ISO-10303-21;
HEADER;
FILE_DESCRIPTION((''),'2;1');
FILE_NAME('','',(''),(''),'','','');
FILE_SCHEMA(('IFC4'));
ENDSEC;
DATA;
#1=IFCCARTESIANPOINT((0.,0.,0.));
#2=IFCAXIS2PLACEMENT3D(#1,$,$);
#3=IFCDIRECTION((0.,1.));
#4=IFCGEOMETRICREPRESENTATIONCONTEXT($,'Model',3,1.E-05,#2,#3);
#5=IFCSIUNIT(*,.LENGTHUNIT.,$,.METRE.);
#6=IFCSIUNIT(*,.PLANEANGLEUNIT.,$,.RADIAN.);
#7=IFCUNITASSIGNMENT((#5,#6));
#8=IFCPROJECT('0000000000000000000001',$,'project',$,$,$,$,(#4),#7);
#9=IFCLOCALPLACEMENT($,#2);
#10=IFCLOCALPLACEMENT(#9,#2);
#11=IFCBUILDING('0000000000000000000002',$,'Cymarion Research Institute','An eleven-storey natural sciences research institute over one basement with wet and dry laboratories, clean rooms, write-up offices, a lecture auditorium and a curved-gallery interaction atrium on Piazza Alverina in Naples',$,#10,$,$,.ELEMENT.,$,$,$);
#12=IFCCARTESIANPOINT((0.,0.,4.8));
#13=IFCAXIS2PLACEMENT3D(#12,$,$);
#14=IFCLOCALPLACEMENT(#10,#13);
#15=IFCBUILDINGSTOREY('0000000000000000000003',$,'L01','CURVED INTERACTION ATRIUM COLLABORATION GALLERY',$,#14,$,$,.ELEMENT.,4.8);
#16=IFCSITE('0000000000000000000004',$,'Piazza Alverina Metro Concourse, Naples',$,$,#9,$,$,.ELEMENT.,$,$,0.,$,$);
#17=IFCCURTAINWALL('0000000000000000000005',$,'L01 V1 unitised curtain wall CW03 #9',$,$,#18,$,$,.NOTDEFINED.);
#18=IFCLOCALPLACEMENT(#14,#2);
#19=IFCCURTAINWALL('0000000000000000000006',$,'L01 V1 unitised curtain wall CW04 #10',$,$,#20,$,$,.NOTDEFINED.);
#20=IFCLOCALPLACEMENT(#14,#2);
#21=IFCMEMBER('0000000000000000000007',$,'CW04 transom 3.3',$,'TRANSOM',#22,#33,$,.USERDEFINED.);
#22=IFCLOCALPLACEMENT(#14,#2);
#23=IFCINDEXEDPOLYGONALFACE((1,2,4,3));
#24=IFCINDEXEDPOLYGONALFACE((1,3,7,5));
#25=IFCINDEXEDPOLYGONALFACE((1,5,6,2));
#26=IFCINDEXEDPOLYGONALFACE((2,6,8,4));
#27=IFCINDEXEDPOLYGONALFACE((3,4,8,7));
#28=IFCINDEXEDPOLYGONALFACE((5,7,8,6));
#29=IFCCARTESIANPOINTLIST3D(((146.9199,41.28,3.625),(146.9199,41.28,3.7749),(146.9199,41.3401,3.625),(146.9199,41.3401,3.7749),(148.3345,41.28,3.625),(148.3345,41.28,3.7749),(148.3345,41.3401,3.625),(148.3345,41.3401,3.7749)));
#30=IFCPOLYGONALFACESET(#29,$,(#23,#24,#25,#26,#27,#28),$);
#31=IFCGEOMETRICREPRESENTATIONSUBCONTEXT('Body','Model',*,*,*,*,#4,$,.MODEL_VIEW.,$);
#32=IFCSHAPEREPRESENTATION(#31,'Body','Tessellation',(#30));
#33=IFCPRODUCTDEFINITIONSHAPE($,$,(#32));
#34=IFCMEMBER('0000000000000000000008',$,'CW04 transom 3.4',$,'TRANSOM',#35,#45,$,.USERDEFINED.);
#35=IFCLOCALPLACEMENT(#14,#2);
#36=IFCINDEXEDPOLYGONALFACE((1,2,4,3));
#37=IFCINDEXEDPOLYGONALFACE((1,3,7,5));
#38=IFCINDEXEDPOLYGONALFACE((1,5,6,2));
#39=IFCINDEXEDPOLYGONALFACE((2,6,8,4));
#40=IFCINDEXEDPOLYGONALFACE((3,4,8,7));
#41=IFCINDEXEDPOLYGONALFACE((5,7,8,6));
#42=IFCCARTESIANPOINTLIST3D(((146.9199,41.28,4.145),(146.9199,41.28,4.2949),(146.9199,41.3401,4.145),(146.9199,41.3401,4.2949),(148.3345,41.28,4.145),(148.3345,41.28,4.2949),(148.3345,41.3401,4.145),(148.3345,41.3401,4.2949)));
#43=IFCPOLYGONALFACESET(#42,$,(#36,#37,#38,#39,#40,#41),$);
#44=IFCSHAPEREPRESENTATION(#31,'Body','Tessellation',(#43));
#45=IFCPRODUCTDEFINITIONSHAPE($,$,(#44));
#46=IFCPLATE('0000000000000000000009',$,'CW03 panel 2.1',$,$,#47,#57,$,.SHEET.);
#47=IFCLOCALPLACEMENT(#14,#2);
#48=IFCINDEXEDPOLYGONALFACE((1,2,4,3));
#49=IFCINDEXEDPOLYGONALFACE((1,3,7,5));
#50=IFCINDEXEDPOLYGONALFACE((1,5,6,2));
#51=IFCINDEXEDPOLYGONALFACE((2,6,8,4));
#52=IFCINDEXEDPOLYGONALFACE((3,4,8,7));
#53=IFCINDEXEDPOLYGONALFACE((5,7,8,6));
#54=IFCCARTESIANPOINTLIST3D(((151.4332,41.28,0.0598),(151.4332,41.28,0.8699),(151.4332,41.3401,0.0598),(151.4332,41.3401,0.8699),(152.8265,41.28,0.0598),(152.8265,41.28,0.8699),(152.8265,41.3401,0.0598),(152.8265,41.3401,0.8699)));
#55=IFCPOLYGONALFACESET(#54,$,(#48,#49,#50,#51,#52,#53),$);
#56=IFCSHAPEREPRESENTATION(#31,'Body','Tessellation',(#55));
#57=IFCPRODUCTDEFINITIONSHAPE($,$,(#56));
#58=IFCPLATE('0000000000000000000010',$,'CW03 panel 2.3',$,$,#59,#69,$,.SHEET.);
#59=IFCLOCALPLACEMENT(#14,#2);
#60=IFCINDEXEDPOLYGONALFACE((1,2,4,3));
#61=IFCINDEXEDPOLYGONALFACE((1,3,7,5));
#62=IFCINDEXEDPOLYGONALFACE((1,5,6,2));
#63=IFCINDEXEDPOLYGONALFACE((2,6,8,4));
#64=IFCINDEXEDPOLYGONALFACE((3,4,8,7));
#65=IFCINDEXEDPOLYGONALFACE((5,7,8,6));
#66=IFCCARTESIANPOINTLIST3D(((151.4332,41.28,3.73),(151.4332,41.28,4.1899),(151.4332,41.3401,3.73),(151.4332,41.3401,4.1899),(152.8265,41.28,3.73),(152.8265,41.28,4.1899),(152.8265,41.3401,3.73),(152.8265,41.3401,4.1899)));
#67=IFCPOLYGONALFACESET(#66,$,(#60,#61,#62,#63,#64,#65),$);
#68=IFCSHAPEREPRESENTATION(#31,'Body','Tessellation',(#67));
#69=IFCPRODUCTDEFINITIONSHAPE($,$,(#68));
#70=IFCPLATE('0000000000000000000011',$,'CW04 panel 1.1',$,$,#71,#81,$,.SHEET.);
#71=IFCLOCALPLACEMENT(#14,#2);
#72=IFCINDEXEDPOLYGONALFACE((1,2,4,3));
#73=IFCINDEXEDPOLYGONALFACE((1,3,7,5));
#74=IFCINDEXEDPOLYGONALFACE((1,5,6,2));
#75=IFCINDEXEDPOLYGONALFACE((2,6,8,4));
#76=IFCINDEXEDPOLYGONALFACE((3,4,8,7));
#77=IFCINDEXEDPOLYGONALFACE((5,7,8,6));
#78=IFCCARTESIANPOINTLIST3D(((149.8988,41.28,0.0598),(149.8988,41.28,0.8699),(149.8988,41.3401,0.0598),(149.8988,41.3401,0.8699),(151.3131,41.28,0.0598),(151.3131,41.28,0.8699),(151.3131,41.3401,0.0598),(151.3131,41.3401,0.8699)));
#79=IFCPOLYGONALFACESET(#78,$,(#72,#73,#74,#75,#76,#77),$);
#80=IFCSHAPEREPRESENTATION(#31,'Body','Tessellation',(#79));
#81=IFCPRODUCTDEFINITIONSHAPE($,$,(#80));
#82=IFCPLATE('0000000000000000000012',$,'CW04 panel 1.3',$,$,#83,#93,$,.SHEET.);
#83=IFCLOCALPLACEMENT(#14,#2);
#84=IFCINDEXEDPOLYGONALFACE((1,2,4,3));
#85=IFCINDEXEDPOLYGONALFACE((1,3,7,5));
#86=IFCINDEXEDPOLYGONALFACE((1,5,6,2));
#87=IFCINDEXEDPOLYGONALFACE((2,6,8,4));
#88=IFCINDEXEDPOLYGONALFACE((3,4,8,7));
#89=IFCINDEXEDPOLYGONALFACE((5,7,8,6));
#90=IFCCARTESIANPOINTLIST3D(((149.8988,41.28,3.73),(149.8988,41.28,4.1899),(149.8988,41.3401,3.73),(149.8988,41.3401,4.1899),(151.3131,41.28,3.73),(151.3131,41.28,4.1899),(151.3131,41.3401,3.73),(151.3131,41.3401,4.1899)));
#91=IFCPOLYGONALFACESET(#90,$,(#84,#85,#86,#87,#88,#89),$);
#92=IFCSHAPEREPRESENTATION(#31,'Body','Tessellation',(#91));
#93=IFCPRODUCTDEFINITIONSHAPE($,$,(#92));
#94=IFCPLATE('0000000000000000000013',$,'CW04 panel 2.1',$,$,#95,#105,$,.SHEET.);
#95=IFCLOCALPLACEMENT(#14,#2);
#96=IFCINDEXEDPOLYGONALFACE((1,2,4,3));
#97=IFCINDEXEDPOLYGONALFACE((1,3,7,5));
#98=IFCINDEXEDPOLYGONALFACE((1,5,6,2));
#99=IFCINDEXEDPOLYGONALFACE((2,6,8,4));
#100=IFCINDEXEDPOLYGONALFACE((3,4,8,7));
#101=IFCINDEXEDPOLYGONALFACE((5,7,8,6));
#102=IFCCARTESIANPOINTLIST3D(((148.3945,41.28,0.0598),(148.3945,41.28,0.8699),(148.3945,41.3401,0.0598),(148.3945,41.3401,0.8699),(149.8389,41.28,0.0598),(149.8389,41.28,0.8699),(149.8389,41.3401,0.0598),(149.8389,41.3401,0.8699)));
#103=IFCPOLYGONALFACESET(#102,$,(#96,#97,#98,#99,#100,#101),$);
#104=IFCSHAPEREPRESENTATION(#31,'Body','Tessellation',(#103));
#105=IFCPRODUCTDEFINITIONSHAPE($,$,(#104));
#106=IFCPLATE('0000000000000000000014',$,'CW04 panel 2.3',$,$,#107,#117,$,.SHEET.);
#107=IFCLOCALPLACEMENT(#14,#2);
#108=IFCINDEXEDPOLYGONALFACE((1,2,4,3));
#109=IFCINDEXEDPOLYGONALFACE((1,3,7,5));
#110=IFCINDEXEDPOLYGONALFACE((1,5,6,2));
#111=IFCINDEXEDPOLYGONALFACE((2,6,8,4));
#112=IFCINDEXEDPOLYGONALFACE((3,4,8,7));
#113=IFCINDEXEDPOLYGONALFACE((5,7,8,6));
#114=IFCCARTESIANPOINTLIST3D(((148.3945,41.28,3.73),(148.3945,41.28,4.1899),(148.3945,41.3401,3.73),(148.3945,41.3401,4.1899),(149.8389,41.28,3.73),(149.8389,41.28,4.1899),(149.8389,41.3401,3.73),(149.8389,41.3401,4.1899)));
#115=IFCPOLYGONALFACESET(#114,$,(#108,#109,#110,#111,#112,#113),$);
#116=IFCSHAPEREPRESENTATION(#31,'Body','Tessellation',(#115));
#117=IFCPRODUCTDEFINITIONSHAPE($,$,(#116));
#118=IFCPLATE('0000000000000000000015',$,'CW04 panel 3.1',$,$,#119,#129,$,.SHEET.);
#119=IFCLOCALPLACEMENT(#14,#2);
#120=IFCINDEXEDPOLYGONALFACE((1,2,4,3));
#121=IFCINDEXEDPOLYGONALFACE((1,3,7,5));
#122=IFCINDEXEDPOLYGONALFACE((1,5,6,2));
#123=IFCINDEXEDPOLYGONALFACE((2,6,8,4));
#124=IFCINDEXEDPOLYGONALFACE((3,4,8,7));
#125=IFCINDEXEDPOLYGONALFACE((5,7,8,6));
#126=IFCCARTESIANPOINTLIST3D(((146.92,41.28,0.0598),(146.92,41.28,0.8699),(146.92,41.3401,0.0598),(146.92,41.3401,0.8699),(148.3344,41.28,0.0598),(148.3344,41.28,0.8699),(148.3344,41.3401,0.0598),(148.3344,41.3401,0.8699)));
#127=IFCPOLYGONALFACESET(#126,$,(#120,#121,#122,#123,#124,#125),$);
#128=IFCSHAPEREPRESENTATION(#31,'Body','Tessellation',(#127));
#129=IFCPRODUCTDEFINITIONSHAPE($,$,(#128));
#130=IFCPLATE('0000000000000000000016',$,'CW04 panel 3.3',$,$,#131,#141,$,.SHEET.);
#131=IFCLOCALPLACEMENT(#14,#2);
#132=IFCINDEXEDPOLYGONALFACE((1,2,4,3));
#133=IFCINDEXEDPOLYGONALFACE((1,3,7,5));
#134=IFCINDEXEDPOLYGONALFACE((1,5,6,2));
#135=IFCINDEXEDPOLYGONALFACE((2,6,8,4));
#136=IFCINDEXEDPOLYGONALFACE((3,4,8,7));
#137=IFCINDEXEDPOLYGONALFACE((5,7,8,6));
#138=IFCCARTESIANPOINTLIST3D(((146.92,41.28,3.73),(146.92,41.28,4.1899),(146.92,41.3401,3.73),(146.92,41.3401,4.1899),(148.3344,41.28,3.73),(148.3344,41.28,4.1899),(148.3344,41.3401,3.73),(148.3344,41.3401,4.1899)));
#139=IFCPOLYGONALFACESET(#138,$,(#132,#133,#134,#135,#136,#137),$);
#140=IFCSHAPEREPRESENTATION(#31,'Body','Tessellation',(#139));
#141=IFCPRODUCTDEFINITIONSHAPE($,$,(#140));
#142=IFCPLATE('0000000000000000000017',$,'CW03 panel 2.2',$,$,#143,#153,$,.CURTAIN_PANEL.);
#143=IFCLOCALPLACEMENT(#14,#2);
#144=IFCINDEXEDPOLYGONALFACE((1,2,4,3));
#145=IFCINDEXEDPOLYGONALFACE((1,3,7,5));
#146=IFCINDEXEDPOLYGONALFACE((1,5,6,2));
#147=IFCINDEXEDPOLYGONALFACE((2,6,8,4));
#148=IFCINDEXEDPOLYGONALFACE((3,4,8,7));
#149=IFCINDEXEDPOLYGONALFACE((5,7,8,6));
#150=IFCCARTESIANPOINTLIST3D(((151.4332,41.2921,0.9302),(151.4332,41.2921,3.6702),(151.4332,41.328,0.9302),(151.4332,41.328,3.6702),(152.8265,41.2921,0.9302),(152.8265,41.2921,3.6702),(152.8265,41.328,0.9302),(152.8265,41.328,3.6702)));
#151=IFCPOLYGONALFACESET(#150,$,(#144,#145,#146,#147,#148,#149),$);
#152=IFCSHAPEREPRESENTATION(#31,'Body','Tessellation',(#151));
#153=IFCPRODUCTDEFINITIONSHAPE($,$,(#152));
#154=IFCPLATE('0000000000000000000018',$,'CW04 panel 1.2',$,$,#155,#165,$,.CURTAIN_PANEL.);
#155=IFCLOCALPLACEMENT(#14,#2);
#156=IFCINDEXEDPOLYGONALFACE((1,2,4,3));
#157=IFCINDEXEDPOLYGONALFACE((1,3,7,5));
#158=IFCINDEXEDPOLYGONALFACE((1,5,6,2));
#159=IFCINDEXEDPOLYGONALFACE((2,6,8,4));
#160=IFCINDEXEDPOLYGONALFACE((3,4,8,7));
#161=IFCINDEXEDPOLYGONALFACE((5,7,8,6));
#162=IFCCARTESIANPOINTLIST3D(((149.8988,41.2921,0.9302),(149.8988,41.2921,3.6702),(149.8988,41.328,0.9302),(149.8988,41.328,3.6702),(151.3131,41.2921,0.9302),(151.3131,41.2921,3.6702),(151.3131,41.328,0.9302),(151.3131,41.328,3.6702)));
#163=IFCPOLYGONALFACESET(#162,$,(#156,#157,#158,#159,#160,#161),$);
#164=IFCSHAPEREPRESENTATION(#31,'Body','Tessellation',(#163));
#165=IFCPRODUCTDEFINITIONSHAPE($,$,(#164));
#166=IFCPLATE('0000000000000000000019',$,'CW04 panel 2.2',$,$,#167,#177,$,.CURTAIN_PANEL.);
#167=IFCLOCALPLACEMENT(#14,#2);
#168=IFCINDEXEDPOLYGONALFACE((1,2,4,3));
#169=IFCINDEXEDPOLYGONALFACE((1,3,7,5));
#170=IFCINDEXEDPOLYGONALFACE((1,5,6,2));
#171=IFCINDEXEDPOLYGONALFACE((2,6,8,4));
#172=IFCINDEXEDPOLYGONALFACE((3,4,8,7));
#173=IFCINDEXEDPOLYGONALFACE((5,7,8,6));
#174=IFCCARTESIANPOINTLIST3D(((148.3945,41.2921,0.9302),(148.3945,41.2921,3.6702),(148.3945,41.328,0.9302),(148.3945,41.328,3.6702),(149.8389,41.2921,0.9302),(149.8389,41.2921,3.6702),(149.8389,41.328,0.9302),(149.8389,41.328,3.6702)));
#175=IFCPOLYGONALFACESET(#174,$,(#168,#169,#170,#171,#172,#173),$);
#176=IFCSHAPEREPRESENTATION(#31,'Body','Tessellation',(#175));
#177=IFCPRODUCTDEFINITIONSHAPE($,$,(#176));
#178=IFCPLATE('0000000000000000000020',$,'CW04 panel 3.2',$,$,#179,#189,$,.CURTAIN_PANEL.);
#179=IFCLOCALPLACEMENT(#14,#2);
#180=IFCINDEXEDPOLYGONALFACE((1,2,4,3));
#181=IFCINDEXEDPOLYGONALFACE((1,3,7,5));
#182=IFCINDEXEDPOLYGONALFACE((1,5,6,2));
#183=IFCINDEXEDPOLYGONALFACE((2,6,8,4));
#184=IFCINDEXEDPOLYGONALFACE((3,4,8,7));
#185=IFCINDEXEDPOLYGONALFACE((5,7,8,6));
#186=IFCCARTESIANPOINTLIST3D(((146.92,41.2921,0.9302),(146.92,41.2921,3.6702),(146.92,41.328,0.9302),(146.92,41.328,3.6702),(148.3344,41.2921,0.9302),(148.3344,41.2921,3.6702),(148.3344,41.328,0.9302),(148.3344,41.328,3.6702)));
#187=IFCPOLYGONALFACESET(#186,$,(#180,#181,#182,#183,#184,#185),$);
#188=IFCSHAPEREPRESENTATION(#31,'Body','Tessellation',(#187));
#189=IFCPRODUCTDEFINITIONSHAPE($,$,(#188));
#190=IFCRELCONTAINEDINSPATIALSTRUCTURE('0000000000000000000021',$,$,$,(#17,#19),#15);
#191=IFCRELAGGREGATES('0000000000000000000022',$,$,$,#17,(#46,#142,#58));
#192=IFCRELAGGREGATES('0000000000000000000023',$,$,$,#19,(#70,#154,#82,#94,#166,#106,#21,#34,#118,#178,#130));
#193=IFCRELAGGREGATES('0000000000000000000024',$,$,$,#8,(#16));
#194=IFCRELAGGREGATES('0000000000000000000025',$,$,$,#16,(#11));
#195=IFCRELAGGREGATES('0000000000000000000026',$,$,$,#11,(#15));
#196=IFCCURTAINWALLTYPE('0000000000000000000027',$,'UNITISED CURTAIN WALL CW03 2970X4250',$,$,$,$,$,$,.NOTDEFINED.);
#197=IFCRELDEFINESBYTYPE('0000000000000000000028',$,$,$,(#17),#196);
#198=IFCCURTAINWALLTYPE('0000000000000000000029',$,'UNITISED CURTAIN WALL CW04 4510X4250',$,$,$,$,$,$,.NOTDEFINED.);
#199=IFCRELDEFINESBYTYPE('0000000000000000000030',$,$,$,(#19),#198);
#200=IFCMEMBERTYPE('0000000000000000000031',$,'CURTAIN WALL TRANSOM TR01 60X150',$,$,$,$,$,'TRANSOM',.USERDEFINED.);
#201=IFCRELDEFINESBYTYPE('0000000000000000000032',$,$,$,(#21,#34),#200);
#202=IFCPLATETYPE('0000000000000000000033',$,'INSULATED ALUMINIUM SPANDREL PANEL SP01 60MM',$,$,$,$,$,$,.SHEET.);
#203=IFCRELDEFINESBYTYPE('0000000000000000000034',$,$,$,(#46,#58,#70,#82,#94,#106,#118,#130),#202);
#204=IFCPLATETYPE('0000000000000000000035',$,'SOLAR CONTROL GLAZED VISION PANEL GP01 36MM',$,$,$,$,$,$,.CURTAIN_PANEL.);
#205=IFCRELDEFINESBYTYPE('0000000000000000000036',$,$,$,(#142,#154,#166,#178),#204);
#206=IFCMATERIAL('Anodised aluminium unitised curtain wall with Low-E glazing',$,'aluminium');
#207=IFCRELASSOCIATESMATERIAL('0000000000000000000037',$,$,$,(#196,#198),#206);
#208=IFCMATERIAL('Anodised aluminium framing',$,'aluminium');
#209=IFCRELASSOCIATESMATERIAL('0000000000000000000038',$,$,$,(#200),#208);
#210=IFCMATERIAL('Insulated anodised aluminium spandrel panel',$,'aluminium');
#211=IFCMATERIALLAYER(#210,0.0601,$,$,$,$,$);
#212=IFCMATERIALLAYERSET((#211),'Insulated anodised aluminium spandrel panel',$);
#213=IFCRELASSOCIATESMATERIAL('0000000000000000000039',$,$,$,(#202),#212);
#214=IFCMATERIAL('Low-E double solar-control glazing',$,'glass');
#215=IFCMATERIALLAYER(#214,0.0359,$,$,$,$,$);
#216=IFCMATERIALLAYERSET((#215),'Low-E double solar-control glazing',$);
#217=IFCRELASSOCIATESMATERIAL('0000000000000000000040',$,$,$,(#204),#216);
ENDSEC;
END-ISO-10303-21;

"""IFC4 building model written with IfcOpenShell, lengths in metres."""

from ifc_helpers import new_model, si_unit, direction, frame, origin, origin_2d, place, context, subcontext, project, spatial, rectangle, extrude, material, layer, layer_set, material_profile, profile_set, type_object, element, aggregate, save


model = new_model("IFC4")

# Units and contexts
model_context = context("Model", 3, precision=1e-05, world=origin(), true_north=direction((0.0, 1.0)))
body_context = subcontext(model_context, "Body", "Model", "MODEL_VIEW")
ifc_project = project(units=[si_unit("LENGTHUNIT", "METRE"), si_unit("PLANEANGLEUNIT", "RADIAN")], contexts=[model_context])

# Site, building, storey
site_placement = place(None, origin())
site = spatial("IfcSite", under=ifc_project, at=site_placement, Name="Piazza Alverina Metro Concourse, Naples", CompositionType="ELEMENT", RefElevation=0.0)
building_placement = place(site_placement, origin())
building = spatial("IfcBuilding", under=site, at=building_placement, Name="Cymarion Research Institute", Description="An eleven-storey natural sciences research institute over one basement with wet and dry laboratories, clean rooms, write-up offices, a lecture auditorium and a curved-gallery interaction atrium on Piazza Alverina in Naples", CompositionType="ELEMENT")
storey_placement = place(building_placement, frame((0.0, 0.0, 4.8)))
storey = spatial("IfcBuildingStorey", under=building, at=storey_placement, Name="L01", Description="CURVED INTERACTION ATRIUM COLLABORATION GALLERY", CompositionType="ELEMENT", Elevation=4.8)

# Curtain wall
ifc_material_1 = material(Name="Anodised aluminium unitised curtain wall with Low-E glazing", Category="aluminium")
curtain_wall_type_1 = type_object("IfcCurtainWallType", Name="UNITISED CURTAIN WALL CW03 2970X4250", PredefinedType="NOTDEFINED", material=ifc_material_1)
curtain_wall_1_placement = place(storey_placement, origin())
curtain_wall_1 = element("IfcCurtainWall", 1, at=curtain_wall_1_placement, inside=storey, type_object=curtain_wall_type_1, Name="L01 V1 unitised curtain wall CW03 #9", PredefinedType="NOTDEFINED")
ifc_material_2 = material(Name="Anodised aluminium framing", Category="aluminium")

# Curtain wall, members
curtain_wall_type_2 = type_object("IfcCurtainWallType", Name="UNITISED CURTAIN WALL CW04 4510X4250", PredefinedType="NOTDEFINED", material=ifc_material_1)
curtain_wall_2_placement = place(storey_placement, origin())
curtain_wall_2 = element("IfcCurtainWall", 2, at=curtain_wall_2_placement, inside=storey, type_object=curtain_wall_type_2, Name="L01 V1 unitised curtain wall CW04 #10", PredefinedType="NOTDEFINED")
ifc_material_profile_1 = material_profile(ifc_material_2, rectangle(XDim=0.0601, YDim=0.1499, at=origin_2d()), Name="ALU TRANSOM 60x150")
ifc_profile_set_1 = profile_set([ifc_material_profile_1], Name="Anodised aluminium framing")
member_type_1 = type_object("IfcMemberType", Name="CURTAIN WALL TRANSOM TR01 60X150", ElementType="TRANSOM", PredefinedType="USERDEFINED", material=ifc_profile_set_1)
member_1_placement = place(storey_placement, frame((148.3345, 41.3101, 3.7), z_axis=(-1.0, 0.0, 0.0), x_axis=(0.0, -1.0, 0.0)))
member_1 = element("IfcMember", 3, at=member_1_placement, type_object=member_type_1, Name="CW04 transom 3.3", ObjectType="TRANSOM", PredefinedType="USERDEFINED", context=body_context, shape_type="SweptSolid", body=[
    extrude(rectangle(XDim=0.0601, YDim=0.1499, at=origin_2d()), origin(), (0.0, 0.0, 1.0), 1.4146),
])
member_2_placement = place(storey_placement, frame((148.3345, 41.3101, 4.22), z_axis=(-1.0, 0.0, 0.0), x_axis=(0.0, -1.0, 0.0)))
member_2 = element("IfcMember", 4, at=member_2_placement, type_object=member_type_1, Name="CW04 transom 3.4", ObjectType="TRANSOM", PredefinedType="USERDEFINED", context=body_context, shape_type="SweptSolid", body=[
    extrude(rectangle(XDim=0.0601, YDim=0.1499, at=origin_2d()), origin(), (0.0, 0.0, 1.0), 1.4146),
])

# Plates
ifc_material_3 = material(Name="Insulated anodised aluminium spandrel panel", Category="aluminium")
ifc_layer_1 = layer(ifc_material_3, 0.0601)
ifc_layer_set_1 = layer_set([ifc_layer_1], Name="Insulated anodised aluminium spandrel panel")
plate_type_1 = type_object("IfcPlateType", Name="INSULATED ALUMINIUM SPANDREL PANEL SP01 60MM", PredefinedType="SHEET", material=ifc_layer_set_1)
plate_1_placement = place(storey_placement, frame((152.1299, 41.3101, 0.0598), z_axis=(0.0, 0.0, 1.0), x_axis=(-1.0, 0.0, 0.0)))
plate_1 = element("IfcPlate", 5, at=plate_1_placement, type_object=plate_type_1, Name="CW03 panel 2.1", PredefinedType="SHEET", context=body_context, shape_type="SweptSolid", body=[
    extrude(rectangle(XDim=1.3933, YDim=0.0601, at=origin_2d()), origin(), (0.0, 0.0, 1.0), 0.8101),
])
plate_2_placement = place(storey_placement, frame((152.1299, 41.3101, 3.73), z_axis=(0.0, 0.0, 1.0), x_axis=(-1.0, 0.0, 0.0)))
plate_2 = element("IfcPlate", 6, at=plate_2_placement, type_object=plate_type_1, Name="CW03 panel 2.3", PredefinedType="SHEET", context=body_context, shape_type="SweptSolid", body=[
    extrude(rectangle(XDim=1.3933, YDim=0.0601, at=origin_2d()), origin(), (0.0, 0.0, 1.0), 0.46),
])
plate_3_placement = place(storey_placement, frame((150.606, 41.3101, 0.0598), z_axis=(0.0, 0.0, 1.0), x_axis=(-1.0, 0.0, 0.0)))
plate_3 = element("IfcPlate", 7, at=plate_3_placement, type_object=plate_type_1, Name="CW04 panel 1.1", PredefinedType="SHEET", context=body_context, shape_type="SweptSolid", body=[
    extrude(rectangle(XDim=1.4143, YDim=0.0601, at=origin_2d()), origin(), (0.0, 0.0, 1.0), 0.8101),
])
plate_4_placement = place(storey_placement, frame((150.606, 41.3101, 3.73), z_axis=(0.0, 0.0, 1.0), x_axis=(-1.0, 0.0, 0.0)))
plate_4 = element("IfcPlate", 8, at=plate_4_placement, type_object=plate_type_1, Name="CW04 panel 1.3", PredefinedType="SHEET", context=body_context, shape_type="SweptSolid", body=[
    extrude(rectangle(XDim=1.4143, YDim=0.0601, at=origin_2d()), origin(), (0.0, 0.0, 1.0), 0.46),
])
plate_5_placement = place(storey_placement, frame((149.1167, 41.3101, 0.0598), z_axis=(0.0, 0.0, 1.0), x_axis=(-1.0, 0.0, 0.0)))
plate_5 = element("IfcPlate", 9, at=plate_5_placement, type_object=plate_type_1, Name="CW04 panel 2.1", PredefinedType="SHEET", context=body_context, shape_type="SweptSolid", body=[
    extrude(rectangle(XDim=1.4443, YDim=0.0601, at=origin_2d()), origin(), (0.0, 0.0, 1.0), 0.8101),
])
plate_6_placement = place(storey_placement, frame((149.1167, 41.3101, 3.73), z_axis=(0.0, 0.0, 1.0), x_axis=(-1.0, 0.0, 0.0)))
plate_6 = element("IfcPlate", 10, at=plate_6_placement, type_object=plate_type_1, Name="CW04 panel 2.3", PredefinedType="SHEET", context=body_context, shape_type="SweptSolid", body=[
    extrude(rectangle(XDim=1.4443, YDim=0.0601, at=origin_2d()), origin(), (0.0, 0.0, 1.0), 0.46),
])
plate_7_placement = place(storey_placement, frame((147.6272, 41.3101, 0.0598), z_axis=(0.0, 0.0, 1.0), x_axis=(-1.0, 0.0, 0.0)))
plate_7 = element("IfcPlate", 11, at=plate_7_placement, type_object=plate_type_1, Name="CW04 panel 3.1", PredefinedType="SHEET", context=body_context, shape_type="SweptSolid", body=[
    extrude(rectangle(XDim=1.4143, YDim=0.0601, at=origin_2d()), origin(), (0.0, 0.0, 1.0), 0.8101),
])
plate_8_placement = place(storey_placement, frame((147.6272, 41.3101, 3.73), z_axis=(0.0, 0.0, 1.0), x_axis=(-1.0, 0.0, 0.0)))
plate_8 = element("IfcPlate", 12, at=plate_8_placement, type_object=plate_type_1, Name="CW04 panel 3.3", PredefinedType="SHEET", context=body_context, shape_type="SweptSolid", body=[
    extrude(rectangle(XDim=1.4143, YDim=0.0601, at=origin_2d()), origin(), (0.0, 0.0, 1.0), 0.46),
])
ifc_material_4 = material(Name="Low-E double solar-control glazing", Category="glass")
ifc_layer_2 = layer(ifc_material_4, 0.0359)
ifc_layer_set_2 = layer_set([ifc_layer_2], Name="Low-E double solar-control glazing")
plate_type_2 = type_object("IfcPlateType", Name="SOLAR CONTROL GLAZED VISION PANEL GP01 36MM", PredefinedType="CURTAIN_PANEL", material=ifc_layer_set_2)
plate_9_placement = place(storey_placement, frame((152.1299, 41.3101, 0.9302), z_axis=(0.0, 0.0, 1.0), x_axis=(-1.0, 0.0, 0.0)))
plate_9 = element("IfcPlate", 13, at=plate_9_placement, type_object=plate_type_2, Name="CW03 panel 2.2", PredefinedType="CURTAIN_PANEL", context=body_context, shape_type="SweptSolid", body=[
    extrude(rectangle(XDim=1.3933, YDim=0.0359, at=origin_2d()), origin(), (0.0, 0.0, 1.0), 2.74),
])
aggregate(curtain_wall_1, [plate_1, plate_9, plate_2])
plate_10_placement = place(storey_placement, frame((150.606, 41.3101, 0.9302), z_axis=(0.0, 0.0, 1.0), x_axis=(-1.0, 0.0, 0.0)))
plate_10 = element("IfcPlate", 14, at=plate_10_placement, type_object=plate_type_2, Name="CW04 panel 1.2", PredefinedType="CURTAIN_PANEL", context=body_context, shape_type="SweptSolid", body=[
    extrude(rectangle(XDim=1.4143, YDim=0.0359, at=origin_2d()), origin(), (0.0, 0.0, 1.0), 2.74),
])
plate_11_placement = place(storey_placement, frame((149.1167, 41.3101, 0.9302), z_axis=(0.0, 0.0, 1.0), x_axis=(-1.0, 0.0, 0.0)))
plate_11 = element("IfcPlate", 15, at=plate_11_placement, type_object=plate_type_2, Name="CW04 panel 2.2", PredefinedType="CURTAIN_PANEL", context=body_context, shape_type="SweptSolid", body=[
    extrude(rectangle(XDim=1.4443, YDim=0.0359, at=origin_2d()), origin(), (0.0, 0.0, 1.0), 2.74),
])
plate_12_placement = place(storey_placement, frame((147.6272, 41.3101, 0.9302), z_axis=(0.0, 0.0, 1.0), x_axis=(-1.0, 0.0, 0.0)))
plate_12 = element("IfcPlate", 16, at=plate_12_placement, type_object=plate_type_2, Name="CW04 panel 3.2", PredefinedType="CURTAIN_PANEL", context=body_context, shape_type="SweptSolid", body=[
    extrude(rectangle(XDim=1.4143, YDim=0.0359, at=origin_2d()), origin(), (0.0, 0.0, 1.0), 2.74),
])
aggregate(curtain_wall_2, [plate_3, plate_10, plate_4, plate_5, plate_11, plate_6, member_1, member_2, plate_7, plate_12, plate_8])

save(model, "model.ifc")
